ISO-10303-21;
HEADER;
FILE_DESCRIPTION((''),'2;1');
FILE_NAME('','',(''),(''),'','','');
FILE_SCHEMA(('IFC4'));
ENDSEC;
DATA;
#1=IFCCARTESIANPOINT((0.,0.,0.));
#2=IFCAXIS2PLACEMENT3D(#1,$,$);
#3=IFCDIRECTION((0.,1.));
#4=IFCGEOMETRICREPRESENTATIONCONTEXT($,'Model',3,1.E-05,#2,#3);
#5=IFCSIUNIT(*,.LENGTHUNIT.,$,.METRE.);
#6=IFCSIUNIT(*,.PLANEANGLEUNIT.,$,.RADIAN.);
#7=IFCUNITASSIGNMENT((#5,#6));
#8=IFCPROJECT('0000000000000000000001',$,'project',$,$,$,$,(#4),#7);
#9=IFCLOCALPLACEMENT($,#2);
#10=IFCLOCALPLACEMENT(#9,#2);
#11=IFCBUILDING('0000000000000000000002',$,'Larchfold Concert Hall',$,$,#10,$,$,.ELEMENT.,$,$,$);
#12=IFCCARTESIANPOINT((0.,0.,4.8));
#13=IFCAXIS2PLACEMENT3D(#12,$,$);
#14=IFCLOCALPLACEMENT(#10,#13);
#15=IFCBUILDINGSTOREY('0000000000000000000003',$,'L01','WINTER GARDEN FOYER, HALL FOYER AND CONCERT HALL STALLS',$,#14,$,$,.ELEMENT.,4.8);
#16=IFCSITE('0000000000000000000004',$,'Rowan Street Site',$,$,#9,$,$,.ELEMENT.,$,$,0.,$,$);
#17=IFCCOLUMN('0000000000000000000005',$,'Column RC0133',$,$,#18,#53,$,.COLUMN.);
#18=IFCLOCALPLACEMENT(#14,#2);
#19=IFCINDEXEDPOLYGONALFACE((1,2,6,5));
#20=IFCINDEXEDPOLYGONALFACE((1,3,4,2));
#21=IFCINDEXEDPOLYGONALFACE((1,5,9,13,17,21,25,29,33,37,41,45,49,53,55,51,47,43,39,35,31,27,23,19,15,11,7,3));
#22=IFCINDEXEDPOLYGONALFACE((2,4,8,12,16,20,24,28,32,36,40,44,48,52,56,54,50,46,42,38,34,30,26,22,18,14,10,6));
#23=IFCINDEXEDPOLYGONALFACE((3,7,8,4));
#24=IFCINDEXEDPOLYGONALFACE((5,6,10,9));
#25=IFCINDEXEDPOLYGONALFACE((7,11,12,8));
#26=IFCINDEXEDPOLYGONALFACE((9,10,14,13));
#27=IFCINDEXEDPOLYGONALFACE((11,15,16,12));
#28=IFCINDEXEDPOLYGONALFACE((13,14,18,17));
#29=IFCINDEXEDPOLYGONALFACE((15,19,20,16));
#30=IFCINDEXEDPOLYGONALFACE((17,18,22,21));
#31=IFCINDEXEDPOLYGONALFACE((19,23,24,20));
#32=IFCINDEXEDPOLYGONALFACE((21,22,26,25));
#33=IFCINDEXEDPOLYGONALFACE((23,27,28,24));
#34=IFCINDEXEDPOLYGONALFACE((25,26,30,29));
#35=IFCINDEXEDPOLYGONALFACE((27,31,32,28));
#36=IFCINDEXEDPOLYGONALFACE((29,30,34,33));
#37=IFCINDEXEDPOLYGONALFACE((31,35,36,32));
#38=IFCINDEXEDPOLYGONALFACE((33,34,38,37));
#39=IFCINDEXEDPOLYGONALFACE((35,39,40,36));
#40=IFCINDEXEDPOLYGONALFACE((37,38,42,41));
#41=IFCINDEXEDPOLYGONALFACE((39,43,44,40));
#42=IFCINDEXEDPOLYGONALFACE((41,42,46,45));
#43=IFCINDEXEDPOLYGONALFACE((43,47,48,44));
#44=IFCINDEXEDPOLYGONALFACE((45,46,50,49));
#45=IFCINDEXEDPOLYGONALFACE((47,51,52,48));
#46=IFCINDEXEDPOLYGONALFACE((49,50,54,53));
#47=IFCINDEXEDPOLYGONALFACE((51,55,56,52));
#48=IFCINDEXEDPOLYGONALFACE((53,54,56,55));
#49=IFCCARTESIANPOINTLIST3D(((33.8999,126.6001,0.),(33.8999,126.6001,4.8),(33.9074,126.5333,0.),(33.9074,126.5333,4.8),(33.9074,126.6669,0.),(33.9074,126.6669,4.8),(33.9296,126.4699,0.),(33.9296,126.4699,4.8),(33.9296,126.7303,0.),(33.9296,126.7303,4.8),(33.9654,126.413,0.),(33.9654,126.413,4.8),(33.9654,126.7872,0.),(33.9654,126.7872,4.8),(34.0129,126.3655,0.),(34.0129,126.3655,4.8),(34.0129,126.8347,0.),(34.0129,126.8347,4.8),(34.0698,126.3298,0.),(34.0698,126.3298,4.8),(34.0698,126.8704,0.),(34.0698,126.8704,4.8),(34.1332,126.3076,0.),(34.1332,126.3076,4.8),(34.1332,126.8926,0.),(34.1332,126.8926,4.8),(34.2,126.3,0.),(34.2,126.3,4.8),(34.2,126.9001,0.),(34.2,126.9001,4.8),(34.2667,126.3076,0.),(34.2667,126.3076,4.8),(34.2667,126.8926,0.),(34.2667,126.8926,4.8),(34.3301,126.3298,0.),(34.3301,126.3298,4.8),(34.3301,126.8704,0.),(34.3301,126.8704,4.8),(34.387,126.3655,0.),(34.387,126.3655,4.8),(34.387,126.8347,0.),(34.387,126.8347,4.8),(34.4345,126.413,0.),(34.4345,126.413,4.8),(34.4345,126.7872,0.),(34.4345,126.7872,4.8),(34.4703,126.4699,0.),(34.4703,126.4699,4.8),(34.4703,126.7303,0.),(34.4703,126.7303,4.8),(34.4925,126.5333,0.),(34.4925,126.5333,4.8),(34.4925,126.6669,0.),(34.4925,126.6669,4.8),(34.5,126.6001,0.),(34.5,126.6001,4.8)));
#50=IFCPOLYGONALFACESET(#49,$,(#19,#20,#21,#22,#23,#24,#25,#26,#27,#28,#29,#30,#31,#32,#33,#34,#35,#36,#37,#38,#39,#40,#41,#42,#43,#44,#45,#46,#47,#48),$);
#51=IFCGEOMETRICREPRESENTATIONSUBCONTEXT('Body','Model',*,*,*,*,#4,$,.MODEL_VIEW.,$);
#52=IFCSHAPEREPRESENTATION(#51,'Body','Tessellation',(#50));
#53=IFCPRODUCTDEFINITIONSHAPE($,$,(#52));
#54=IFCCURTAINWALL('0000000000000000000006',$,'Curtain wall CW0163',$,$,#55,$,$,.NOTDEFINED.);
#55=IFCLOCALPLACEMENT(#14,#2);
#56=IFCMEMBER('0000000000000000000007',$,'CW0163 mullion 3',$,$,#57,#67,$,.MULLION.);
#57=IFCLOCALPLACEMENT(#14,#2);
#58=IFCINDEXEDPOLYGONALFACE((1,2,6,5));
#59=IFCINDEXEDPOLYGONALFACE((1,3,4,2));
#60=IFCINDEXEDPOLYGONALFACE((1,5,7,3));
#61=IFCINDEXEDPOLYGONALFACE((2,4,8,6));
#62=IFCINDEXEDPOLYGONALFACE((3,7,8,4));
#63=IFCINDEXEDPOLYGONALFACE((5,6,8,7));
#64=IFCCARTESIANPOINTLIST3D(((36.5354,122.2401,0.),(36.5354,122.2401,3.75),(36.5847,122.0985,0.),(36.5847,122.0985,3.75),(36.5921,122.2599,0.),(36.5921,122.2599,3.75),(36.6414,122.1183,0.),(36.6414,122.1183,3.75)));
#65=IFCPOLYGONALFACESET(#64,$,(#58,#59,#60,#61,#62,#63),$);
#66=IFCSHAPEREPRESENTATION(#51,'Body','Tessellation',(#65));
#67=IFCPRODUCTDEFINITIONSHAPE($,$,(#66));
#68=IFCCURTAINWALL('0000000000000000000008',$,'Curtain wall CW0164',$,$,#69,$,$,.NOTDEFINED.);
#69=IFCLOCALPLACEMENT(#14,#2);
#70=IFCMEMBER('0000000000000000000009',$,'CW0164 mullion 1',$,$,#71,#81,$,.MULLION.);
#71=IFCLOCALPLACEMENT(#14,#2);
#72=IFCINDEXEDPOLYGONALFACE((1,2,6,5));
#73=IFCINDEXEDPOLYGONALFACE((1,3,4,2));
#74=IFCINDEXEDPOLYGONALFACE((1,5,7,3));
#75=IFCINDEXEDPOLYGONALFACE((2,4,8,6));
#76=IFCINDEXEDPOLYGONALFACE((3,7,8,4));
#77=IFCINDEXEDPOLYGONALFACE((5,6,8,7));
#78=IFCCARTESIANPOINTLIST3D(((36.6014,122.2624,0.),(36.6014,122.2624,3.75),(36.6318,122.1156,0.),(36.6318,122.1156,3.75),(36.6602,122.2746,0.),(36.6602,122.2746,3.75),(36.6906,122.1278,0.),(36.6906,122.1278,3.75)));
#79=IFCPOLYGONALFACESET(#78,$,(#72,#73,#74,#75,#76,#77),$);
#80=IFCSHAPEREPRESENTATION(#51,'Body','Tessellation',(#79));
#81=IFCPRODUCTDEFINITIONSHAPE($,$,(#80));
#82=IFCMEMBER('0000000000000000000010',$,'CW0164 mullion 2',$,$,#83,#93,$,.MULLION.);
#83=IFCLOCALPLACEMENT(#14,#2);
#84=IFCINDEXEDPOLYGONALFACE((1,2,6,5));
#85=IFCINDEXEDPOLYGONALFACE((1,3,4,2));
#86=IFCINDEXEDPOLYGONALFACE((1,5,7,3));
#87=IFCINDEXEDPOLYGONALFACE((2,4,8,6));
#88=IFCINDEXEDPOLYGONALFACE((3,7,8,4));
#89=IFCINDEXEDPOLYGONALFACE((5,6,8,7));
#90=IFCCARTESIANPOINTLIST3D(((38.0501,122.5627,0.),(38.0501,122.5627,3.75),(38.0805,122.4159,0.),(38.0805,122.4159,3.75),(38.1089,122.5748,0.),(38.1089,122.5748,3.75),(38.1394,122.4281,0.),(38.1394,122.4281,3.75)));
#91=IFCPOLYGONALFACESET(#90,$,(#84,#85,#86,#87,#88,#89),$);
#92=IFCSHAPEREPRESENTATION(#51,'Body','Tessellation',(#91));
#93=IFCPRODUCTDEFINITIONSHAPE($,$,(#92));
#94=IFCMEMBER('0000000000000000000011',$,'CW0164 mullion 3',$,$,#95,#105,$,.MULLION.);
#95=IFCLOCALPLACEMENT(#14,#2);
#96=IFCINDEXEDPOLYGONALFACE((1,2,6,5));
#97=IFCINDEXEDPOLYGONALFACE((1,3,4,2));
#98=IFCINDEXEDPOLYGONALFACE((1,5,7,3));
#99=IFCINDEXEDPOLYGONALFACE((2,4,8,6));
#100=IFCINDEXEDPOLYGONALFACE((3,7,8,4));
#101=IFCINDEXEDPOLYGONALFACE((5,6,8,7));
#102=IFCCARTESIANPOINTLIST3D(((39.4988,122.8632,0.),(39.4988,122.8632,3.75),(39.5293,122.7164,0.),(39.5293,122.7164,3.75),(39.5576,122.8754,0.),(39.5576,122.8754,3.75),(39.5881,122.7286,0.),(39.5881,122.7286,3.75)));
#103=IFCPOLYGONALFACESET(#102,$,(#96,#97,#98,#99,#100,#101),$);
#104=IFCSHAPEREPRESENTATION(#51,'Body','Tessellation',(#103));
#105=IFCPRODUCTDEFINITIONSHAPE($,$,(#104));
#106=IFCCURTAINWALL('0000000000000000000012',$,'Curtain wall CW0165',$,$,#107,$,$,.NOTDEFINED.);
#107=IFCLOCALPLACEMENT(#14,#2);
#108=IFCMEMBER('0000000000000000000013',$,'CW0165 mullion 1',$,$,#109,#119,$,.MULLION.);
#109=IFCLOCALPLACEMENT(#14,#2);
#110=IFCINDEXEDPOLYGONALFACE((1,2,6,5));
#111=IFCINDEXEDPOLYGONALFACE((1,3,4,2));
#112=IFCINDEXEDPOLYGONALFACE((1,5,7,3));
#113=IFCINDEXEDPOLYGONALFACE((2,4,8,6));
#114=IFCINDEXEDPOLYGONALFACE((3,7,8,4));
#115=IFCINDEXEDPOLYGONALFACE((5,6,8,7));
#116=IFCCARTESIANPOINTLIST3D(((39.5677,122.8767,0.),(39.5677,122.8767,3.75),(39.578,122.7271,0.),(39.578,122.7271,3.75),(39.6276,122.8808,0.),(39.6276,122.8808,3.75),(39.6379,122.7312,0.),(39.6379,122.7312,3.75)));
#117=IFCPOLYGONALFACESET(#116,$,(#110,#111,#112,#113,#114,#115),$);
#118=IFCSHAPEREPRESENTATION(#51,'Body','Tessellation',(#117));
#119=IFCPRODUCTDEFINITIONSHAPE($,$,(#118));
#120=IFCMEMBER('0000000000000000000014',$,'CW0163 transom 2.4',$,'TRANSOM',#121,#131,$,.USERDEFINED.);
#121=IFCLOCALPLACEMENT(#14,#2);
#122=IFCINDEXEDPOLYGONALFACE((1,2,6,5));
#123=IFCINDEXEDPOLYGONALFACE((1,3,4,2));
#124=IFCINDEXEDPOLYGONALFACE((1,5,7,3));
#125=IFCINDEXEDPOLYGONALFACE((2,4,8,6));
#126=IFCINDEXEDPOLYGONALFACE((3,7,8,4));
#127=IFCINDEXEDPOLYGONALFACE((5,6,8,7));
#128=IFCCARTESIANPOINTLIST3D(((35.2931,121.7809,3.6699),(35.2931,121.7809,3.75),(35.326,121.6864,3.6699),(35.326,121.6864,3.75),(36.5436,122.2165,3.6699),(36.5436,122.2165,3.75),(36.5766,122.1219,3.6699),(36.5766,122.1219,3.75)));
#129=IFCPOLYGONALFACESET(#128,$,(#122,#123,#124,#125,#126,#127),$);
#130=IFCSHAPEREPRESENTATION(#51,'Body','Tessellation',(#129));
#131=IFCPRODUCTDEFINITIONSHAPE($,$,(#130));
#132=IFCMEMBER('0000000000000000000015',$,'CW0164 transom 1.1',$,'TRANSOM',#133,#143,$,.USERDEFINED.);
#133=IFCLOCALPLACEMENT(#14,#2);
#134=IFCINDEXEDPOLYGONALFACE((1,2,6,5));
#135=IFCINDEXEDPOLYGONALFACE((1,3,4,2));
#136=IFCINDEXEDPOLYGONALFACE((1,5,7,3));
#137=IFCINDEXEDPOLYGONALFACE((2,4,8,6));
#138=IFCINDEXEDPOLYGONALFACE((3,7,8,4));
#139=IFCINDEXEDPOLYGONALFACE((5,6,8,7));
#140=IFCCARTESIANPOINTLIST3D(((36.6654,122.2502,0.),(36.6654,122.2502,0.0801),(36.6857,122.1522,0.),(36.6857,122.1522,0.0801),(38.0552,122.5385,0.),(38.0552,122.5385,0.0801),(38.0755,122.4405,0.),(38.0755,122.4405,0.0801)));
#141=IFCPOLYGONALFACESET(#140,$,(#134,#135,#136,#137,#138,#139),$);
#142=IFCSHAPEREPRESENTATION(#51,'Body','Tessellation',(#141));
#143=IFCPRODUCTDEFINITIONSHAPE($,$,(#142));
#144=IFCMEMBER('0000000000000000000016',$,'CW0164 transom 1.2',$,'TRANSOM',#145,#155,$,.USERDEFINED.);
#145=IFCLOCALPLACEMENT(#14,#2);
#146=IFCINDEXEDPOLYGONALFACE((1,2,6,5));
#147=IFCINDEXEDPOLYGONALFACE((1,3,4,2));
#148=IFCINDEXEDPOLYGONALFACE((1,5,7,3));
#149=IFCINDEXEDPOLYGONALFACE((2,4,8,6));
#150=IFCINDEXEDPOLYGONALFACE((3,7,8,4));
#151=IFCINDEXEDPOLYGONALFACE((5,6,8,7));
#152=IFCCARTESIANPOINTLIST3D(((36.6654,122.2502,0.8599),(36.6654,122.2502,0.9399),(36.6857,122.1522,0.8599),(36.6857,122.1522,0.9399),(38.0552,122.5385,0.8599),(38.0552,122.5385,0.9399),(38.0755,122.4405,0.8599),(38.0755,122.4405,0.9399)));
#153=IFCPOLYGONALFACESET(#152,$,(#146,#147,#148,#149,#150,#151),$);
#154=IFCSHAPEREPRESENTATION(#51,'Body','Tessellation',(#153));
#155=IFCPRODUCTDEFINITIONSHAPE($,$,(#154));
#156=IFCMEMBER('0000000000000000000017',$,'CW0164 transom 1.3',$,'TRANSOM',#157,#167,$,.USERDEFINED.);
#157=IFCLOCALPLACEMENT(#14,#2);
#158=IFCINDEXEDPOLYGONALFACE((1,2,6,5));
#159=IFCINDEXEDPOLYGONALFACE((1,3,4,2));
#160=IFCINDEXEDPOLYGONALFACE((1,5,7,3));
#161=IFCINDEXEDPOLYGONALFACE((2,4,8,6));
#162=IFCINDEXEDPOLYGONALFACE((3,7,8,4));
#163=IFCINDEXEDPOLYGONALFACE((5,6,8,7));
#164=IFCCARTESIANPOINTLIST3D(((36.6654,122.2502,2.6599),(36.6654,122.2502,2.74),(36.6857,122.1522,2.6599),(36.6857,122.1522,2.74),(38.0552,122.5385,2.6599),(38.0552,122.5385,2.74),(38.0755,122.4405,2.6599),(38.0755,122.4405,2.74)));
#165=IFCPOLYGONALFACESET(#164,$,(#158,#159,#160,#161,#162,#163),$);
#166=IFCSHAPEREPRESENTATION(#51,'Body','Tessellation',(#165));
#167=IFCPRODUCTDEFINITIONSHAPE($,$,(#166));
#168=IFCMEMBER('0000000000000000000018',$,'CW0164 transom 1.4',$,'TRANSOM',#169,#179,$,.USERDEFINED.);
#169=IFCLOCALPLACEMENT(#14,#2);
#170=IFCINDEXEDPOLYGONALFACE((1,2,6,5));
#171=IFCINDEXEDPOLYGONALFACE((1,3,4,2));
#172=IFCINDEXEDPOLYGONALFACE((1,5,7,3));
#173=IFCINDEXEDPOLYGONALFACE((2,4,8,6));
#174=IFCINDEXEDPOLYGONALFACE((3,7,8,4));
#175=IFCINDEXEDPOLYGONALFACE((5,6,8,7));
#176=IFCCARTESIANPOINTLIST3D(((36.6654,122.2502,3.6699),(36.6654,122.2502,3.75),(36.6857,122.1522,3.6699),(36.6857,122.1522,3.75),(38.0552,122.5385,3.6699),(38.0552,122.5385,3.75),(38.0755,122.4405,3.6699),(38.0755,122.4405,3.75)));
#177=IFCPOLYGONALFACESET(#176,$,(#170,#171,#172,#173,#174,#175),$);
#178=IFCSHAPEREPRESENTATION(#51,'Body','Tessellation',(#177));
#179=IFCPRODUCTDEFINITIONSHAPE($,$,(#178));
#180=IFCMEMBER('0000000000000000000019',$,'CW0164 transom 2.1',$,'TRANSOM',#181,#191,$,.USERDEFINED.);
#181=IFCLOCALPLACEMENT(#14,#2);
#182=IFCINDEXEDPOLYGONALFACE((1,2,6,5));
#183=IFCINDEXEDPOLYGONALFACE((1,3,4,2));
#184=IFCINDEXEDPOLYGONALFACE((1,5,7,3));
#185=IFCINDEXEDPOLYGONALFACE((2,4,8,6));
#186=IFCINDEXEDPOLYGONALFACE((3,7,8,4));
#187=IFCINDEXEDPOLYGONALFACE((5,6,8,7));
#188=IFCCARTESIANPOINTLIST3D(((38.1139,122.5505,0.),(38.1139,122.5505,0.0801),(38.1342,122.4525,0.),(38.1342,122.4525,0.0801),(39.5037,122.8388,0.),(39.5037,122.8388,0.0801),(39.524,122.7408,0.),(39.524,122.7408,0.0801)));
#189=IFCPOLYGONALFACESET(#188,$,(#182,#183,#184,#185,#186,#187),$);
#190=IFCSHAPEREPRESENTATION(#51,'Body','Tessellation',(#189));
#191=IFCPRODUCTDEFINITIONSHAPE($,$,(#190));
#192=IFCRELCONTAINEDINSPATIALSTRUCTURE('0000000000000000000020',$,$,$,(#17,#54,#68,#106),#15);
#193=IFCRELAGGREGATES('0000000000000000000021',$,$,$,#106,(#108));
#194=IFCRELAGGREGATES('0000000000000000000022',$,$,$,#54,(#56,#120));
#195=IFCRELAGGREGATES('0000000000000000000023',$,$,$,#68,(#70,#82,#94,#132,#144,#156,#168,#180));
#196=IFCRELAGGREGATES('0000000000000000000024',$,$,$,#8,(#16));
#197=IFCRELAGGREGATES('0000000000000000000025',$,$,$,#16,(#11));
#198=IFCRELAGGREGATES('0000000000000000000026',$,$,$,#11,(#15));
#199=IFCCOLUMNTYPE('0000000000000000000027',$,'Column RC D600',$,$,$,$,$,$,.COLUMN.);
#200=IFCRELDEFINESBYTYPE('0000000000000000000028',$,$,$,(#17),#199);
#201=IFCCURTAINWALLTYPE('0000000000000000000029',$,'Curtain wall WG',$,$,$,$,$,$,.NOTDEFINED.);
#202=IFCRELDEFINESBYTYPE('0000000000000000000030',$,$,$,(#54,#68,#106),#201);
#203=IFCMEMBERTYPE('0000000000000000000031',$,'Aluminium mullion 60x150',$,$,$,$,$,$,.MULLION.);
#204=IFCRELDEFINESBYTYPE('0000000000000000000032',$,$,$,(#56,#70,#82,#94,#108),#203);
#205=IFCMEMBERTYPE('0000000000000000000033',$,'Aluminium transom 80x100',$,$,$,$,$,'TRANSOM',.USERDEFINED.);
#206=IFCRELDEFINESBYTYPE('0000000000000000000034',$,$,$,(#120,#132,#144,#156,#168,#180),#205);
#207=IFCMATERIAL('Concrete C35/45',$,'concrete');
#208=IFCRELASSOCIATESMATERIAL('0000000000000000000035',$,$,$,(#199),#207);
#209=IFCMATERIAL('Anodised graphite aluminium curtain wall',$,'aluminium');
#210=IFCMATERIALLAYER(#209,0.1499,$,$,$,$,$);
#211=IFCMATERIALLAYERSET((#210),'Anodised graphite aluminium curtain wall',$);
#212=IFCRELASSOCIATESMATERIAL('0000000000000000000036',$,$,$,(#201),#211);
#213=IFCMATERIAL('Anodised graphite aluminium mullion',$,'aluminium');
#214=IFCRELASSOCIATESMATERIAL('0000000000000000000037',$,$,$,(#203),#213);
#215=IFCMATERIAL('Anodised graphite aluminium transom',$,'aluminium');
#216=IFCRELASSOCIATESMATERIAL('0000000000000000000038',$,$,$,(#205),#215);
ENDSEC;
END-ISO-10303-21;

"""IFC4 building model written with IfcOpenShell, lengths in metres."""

from ifc_helpers import new_model, si_unit, direction, frame, origin, origin_2d, place, context, subcontext, project, spatial, rectangle, circle, extrude, material, layer, layer_set, material_profile, profile_set, type_object, element, aggregate, save


model = new_model("IFC4")

# Units and contexts
model_context = context("Model", 3, precision=1e-05, world=origin(), true_north=direction((0.0, 1.0)))
body_context = subcontext(model_context, "Body", "Model", "MODEL_VIEW")
ifc_project = project(units=[si_unit("LENGTHUNIT", "METRE"), si_unit("PLANEANGLEUNIT", "RADIAN")], contexts=[model_context])

# Site, building, storey
site_placement = place(None, origin())
site = spatial("IfcSite", under=ifc_project, at=site_placement, Name="Rowan Street Site", CompositionType="ELEMENT", RefElevation=0.0)
building_placement = place(site_placement, origin())
building = spatial("IfcBuilding", under=site, at=building_placement, Name="Larchfold Concert Hall", CompositionType="ELEMENT")
storey_placement = place(building_placement, frame((0.0, 0.0, 4.8)))
storey = spatial("IfcBuildingStorey", under=building, at=storey_placement, Name="L01", Description="WINTER GARDEN FOYER, HALL FOYER AND CONCERT HALL STALLS", CompositionType="ELEMENT", Elevation=4.8)

# Column
ifc_material_1 = material(Name="Concrete C35/45", Category="concrete")
ifc_material_profile_1 = material_profile(ifc_material_1, circle(Radius=0.3, at=origin_2d()))
ifc_profile_set_1 = profile_set([ifc_material_profile_1], Name="Concrete C35/45")
column_type = type_object("IfcColumnType", Name="Column RC D600", PredefinedType="COLUMN", material=ifc_profile_set_1)
column_placement = place(storey_placement, frame((34.2, 126.6001, 0.0), z_axis=(0.0, 0.0, 1.0), x_axis=(1.0, 0.0, 0.0)))
element("IfcColumn", 1, at=column_placement, inside=storey, type_object=column_type, Name="Column RC0133", PredefinedType="COLUMN", context=body_context, shape_type="SweptSolid", body=[
    extrude(circle(Radius=0.3, at=origin_2d()), origin(), (0.0, 0.0, 1.0), 4.8),
])

# Curtain wall, member
ifc_material_2 = material(Name="Anodised graphite aluminium curtain wall", Category="aluminium")
ifc_layer_1 = layer(ifc_material_2, 0.1499)
ifc_layer_set_1 = layer_set([ifc_layer_1], Name="Anodised graphite aluminium curtain wall")
curtain_wall_type = type_object("IfcCurtainWallType", Name="Curtain wall WG", PredefinedType="NOTDEFINED", material=ifc_layer_set_1)
curtain_wall_1_placement = place(storey_placement, origin())
curtain_wall_1 = element("IfcCurtainWall", 2, at=curtain_wall_1_placement, inside=storey, type_object=curtain_wall_type, Name="Curtain wall CW0163", PredefinedType="NOTDEFINED")
ifc_material_3 = material(Name="Anodised graphite aluminium mullion", Category="aluminium")
ifc_material_profile_2 = material_profile(ifc_material_3, rectangle(XDim=0.1499, YDim=0.0601, at=origin_2d()))
ifc_profile_set_2 = profile_set([ifc_material_profile_2], Name="Anodised graphite aluminium mullion")
member_type_1 = type_object("IfcMemberType", Name="Aluminium mullion 60x150", PredefinedType="MULLION", material=ifc_profile_set_2)
member_1_placement = place(storey_placement, frame((36.5884, 122.1792, 0.0), z_axis=(0.0, 0.0, 1.0), x_axis=(-0.328966, 0.944342, 0.0)))
member_1 = element("IfcMember", 3, at=member_1_placement, type_object=member_type_1, Name="CW0163 mullion 3", PredefinedType="MULLION", context=body_context, shape_type="SweptSolid", body=[
    extrude(rectangle(XDim=0.1499, YDim=0.0601, at=origin_2d()), origin(), (0.0, 0.0, 1.0), 3.75),
])

# Curtain wall, members
curtain_wall_2_placement = place(storey_placement, origin())
curtain_wall_2 = element("IfcCurtainWall", 4, at=curtain_wall_2_placement, inside=storey, type_object=curtain_wall_type, Name="Curtain wall CW0164", PredefinedType="NOTDEFINED")
member_2_placement = place(storey_placement, frame((36.646, 122.1951, 0.0), z_axis=(0.0, 0.0, 1.0), x_axis=(-0.203063, 0.979166, 0.0)))
member_2 = element("IfcMember", 5, at=member_2_placement, type_object=member_type_1, Name="CW0164 mullion 1", PredefinedType="MULLION", context=body_context, shape_type="SweptSolid", body=[
    extrude(rectangle(XDim=0.1499, YDim=0.0601, at=origin_2d()), origin(), (0.0, 0.0, 1.0), 3.75),
])
member_3_placement = place(storey_placement, frame((38.0947, 122.4954, 0.0), z_axis=(0.0, 0.0, 1.0), x_axis=(-0.203063, 0.979166, 0.0)))
member_3 = element("IfcMember", 6, at=member_3_placement, type_object=member_type_1, Name="CW0164 mullion 2", PredefinedType="MULLION", context=body_context, shape_type="SweptSolid", body=[
    extrude(rectangle(XDim=0.1499, YDim=0.0601, at=origin_2d()), origin(), (0.0, 0.0, 1.0), 3.75),
])
member_4_placement = place(storey_placement, frame((39.5435, 122.7959, 0.0), z_axis=(0.0, 0.0, 1.0), x_axis=(-0.203063, 0.979166, 0.0)))
member_4 = element("IfcMember", 7, at=member_4_placement, type_object=member_type_1, Name="CW0164 mullion 3", PredefinedType="MULLION", context=body_context, shape_type="SweptSolid", body=[
    extrude(rectangle(XDim=0.1499, YDim=0.0601, at=origin_2d()), origin(), (0.0, 0.0, 1.0), 3.75),
])

# Curtain wall, member
curtain_wall_3_placement = place(storey_placement, origin())
curtain_wall_3 = element("IfcCurtainWall", 8, at=curtain_wall_3_placement, inside=storey, type_object=curtain_wall_type, Name="Curtain wall CW0165", PredefinedType="NOTDEFINED")
member_5_placement = place(storey_placement, frame((39.6028, 122.804, 0.0), z_axis=(0.0, 0.0, 1.0), x_axis=(-0.0687, 0.997637, 0.0)))
member_5 = element("IfcMember", 9, at=member_5_placement, type_object=member_type_1, Name="CW0165 mullion 1", PredefinedType="MULLION", context=body_context, shape_type="SweptSolid", body=[
    extrude(rectangle(XDim=0.1499, YDim=0.0601, at=origin_2d()), origin(), (0.0, 0.0, 1.0), 3.75),
])

# Members
ifc_material_4 = material(Name="Anodised graphite aluminium transom", Category="aluminium")
ifc_material_profile_3 = material_profile(ifc_material_4, rectangle(XDim=0.1001, YDim=0.0801, at=origin_2d()))
ifc_profile_set_3 = profile_set([ifc_material_profile_3], Name="Anodised graphite aluminium transom")
member_type_2 = type_object("IfcMemberType", Name="Aluminium transom 80x100", ElementType="TRANSOM", PredefinedType="USERDEFINED", material=ifc_profile_set_3)
member_6_placement = place(storey_placement, frame((35.3096, 121.7336, 3.71), z_axis=(0.944357, 0.328921, 0.0), x_axis=(-0.328921, 0.944357, 0.0)))
member_6 = element("IfcMember", 10, at=member_6_placement, type_object=member_type_2, Name="CW0163 transom 2.4", ObjectType="TRANSOM", PredefinedType="USERDEFINED", context=body_context, shape_type="SweptSolid", body=[
    extrude(rectangle(XDim=0.1001, YDim=0.0801, at=origin_2d()), origin(), (0.0, 0.0, 1.0), 1.3242),
])
member_7_placement = place(storey_placement, frame((36.6755, 122.2012, 0.04), z_axis=(0.979153, 0.203123, 0.0), x_axis=(-0.203123, 0.979153, 0.0)))
member_7 = element("IfcMember", 11, at=member_7_placement, type_object=member_type_2, Name="CW0164 transom 1.1", ObjectType="TRANSOM", PredefinedType="USERDEFINED", context=body_context, shape_type="SweptSolid", body=[
    extrude(rectangle(XDim=0.1001, YDim=0.0801, at=origin_2d()), origin(), (0.0, 0.0, 1.0), 1.4194),
])
member_8_placement = place(storey_placement, frame((36.6755, 122.2012, 0.8999), z_axis=(0.979153, 0.203123, 0.0), x_axis=(-0.203123, 0.979153, 0.0)))
member_8 = element("IfcMember", 12, at=member_8_placement, type_object=member_type_2, Name="CW0164 transom 1.2", ObjectType="TRANSOM", PredefinedType="USERDEFINED", context=body_context, shape_type="SweptSolid", body=[
    extrude(rectangle(XDim=0.1001, YDim=0.0801, at=origin_2d()), origin(), (0.0, 0.0, 1.0), 1.4194),
])
member_9_placement = place(storey_placement, frame((36.6755, 122.2012, 2.7), z_axis=(0.979153, 0.203123, 0.0), x_axis=(-0.203123, 0.979153, 0.0)))
member_9 = element("IfcMember", 13, at=member_9_placement, type_object=member_type_2, Name="CW0164 transom 1.3", ObjectType="TRANSOM", PredefinedType="USERDEFINED", context=body_context, shape_type="SweptSolid", body=[
    extrude(rectangle(XDim=0.1001, YDim=0.0801, at=origin_2d()), origin(), (0.0, 0.0, 1.0), 1.4194),
])
member_10_placement = place(storey_placement, frame((36.6755, 122.2012, 3.71), z_axis=(0.979153, 0.203123, 0.0), x_axis=(-0.203123, 0.979153, 0.0)))
member_10 = element("IfcMember", 14, at=member_10_placement, type_object=member_type_2, Name="CW0164 transom 1.4", ObjectType="TRANSOM", PredefinedType="USERDEFINED", context=body_context, shape_type="SweptSolid", body=[
    extrude(rectangle(XDim=0.1001, YDim=0.0801, at=origin_2d()), origin(), (0.0, 0.0, 1.0), 1.4194),
])
member_11_placement = place(storey_placement, frame((38.124, 122.5015, 0.04), z_axis=(0.979153, 0.203123, 0.0), x_axis=(-0.203123, 0.979153, 0.0)))
member_11 = element("IfcMember", 15, at=member_11_placement, type_object=member_type_2, Name="CW0164 transom 2.1", ObjectType="TRANSOM", PredefinedType="USERDEFINED", context=body_context, shape_type="SweptSolid", body=[
    extrude(rectangle(XDim=0.1001, YDim=0.0801, at=origin_2d()), origin(), (0.0, 0.0, 1.0), 1.4194),
])
aggregate(curtain_wall_3, [member_5])

aggregate(curtain_wall_1, [member_1, member_6])
aggregate(curtain_wall_2, [member_2, member_3, member_4, member_7, member_8, member_9, member_10, member_11])

save(model, "model.ifc")
